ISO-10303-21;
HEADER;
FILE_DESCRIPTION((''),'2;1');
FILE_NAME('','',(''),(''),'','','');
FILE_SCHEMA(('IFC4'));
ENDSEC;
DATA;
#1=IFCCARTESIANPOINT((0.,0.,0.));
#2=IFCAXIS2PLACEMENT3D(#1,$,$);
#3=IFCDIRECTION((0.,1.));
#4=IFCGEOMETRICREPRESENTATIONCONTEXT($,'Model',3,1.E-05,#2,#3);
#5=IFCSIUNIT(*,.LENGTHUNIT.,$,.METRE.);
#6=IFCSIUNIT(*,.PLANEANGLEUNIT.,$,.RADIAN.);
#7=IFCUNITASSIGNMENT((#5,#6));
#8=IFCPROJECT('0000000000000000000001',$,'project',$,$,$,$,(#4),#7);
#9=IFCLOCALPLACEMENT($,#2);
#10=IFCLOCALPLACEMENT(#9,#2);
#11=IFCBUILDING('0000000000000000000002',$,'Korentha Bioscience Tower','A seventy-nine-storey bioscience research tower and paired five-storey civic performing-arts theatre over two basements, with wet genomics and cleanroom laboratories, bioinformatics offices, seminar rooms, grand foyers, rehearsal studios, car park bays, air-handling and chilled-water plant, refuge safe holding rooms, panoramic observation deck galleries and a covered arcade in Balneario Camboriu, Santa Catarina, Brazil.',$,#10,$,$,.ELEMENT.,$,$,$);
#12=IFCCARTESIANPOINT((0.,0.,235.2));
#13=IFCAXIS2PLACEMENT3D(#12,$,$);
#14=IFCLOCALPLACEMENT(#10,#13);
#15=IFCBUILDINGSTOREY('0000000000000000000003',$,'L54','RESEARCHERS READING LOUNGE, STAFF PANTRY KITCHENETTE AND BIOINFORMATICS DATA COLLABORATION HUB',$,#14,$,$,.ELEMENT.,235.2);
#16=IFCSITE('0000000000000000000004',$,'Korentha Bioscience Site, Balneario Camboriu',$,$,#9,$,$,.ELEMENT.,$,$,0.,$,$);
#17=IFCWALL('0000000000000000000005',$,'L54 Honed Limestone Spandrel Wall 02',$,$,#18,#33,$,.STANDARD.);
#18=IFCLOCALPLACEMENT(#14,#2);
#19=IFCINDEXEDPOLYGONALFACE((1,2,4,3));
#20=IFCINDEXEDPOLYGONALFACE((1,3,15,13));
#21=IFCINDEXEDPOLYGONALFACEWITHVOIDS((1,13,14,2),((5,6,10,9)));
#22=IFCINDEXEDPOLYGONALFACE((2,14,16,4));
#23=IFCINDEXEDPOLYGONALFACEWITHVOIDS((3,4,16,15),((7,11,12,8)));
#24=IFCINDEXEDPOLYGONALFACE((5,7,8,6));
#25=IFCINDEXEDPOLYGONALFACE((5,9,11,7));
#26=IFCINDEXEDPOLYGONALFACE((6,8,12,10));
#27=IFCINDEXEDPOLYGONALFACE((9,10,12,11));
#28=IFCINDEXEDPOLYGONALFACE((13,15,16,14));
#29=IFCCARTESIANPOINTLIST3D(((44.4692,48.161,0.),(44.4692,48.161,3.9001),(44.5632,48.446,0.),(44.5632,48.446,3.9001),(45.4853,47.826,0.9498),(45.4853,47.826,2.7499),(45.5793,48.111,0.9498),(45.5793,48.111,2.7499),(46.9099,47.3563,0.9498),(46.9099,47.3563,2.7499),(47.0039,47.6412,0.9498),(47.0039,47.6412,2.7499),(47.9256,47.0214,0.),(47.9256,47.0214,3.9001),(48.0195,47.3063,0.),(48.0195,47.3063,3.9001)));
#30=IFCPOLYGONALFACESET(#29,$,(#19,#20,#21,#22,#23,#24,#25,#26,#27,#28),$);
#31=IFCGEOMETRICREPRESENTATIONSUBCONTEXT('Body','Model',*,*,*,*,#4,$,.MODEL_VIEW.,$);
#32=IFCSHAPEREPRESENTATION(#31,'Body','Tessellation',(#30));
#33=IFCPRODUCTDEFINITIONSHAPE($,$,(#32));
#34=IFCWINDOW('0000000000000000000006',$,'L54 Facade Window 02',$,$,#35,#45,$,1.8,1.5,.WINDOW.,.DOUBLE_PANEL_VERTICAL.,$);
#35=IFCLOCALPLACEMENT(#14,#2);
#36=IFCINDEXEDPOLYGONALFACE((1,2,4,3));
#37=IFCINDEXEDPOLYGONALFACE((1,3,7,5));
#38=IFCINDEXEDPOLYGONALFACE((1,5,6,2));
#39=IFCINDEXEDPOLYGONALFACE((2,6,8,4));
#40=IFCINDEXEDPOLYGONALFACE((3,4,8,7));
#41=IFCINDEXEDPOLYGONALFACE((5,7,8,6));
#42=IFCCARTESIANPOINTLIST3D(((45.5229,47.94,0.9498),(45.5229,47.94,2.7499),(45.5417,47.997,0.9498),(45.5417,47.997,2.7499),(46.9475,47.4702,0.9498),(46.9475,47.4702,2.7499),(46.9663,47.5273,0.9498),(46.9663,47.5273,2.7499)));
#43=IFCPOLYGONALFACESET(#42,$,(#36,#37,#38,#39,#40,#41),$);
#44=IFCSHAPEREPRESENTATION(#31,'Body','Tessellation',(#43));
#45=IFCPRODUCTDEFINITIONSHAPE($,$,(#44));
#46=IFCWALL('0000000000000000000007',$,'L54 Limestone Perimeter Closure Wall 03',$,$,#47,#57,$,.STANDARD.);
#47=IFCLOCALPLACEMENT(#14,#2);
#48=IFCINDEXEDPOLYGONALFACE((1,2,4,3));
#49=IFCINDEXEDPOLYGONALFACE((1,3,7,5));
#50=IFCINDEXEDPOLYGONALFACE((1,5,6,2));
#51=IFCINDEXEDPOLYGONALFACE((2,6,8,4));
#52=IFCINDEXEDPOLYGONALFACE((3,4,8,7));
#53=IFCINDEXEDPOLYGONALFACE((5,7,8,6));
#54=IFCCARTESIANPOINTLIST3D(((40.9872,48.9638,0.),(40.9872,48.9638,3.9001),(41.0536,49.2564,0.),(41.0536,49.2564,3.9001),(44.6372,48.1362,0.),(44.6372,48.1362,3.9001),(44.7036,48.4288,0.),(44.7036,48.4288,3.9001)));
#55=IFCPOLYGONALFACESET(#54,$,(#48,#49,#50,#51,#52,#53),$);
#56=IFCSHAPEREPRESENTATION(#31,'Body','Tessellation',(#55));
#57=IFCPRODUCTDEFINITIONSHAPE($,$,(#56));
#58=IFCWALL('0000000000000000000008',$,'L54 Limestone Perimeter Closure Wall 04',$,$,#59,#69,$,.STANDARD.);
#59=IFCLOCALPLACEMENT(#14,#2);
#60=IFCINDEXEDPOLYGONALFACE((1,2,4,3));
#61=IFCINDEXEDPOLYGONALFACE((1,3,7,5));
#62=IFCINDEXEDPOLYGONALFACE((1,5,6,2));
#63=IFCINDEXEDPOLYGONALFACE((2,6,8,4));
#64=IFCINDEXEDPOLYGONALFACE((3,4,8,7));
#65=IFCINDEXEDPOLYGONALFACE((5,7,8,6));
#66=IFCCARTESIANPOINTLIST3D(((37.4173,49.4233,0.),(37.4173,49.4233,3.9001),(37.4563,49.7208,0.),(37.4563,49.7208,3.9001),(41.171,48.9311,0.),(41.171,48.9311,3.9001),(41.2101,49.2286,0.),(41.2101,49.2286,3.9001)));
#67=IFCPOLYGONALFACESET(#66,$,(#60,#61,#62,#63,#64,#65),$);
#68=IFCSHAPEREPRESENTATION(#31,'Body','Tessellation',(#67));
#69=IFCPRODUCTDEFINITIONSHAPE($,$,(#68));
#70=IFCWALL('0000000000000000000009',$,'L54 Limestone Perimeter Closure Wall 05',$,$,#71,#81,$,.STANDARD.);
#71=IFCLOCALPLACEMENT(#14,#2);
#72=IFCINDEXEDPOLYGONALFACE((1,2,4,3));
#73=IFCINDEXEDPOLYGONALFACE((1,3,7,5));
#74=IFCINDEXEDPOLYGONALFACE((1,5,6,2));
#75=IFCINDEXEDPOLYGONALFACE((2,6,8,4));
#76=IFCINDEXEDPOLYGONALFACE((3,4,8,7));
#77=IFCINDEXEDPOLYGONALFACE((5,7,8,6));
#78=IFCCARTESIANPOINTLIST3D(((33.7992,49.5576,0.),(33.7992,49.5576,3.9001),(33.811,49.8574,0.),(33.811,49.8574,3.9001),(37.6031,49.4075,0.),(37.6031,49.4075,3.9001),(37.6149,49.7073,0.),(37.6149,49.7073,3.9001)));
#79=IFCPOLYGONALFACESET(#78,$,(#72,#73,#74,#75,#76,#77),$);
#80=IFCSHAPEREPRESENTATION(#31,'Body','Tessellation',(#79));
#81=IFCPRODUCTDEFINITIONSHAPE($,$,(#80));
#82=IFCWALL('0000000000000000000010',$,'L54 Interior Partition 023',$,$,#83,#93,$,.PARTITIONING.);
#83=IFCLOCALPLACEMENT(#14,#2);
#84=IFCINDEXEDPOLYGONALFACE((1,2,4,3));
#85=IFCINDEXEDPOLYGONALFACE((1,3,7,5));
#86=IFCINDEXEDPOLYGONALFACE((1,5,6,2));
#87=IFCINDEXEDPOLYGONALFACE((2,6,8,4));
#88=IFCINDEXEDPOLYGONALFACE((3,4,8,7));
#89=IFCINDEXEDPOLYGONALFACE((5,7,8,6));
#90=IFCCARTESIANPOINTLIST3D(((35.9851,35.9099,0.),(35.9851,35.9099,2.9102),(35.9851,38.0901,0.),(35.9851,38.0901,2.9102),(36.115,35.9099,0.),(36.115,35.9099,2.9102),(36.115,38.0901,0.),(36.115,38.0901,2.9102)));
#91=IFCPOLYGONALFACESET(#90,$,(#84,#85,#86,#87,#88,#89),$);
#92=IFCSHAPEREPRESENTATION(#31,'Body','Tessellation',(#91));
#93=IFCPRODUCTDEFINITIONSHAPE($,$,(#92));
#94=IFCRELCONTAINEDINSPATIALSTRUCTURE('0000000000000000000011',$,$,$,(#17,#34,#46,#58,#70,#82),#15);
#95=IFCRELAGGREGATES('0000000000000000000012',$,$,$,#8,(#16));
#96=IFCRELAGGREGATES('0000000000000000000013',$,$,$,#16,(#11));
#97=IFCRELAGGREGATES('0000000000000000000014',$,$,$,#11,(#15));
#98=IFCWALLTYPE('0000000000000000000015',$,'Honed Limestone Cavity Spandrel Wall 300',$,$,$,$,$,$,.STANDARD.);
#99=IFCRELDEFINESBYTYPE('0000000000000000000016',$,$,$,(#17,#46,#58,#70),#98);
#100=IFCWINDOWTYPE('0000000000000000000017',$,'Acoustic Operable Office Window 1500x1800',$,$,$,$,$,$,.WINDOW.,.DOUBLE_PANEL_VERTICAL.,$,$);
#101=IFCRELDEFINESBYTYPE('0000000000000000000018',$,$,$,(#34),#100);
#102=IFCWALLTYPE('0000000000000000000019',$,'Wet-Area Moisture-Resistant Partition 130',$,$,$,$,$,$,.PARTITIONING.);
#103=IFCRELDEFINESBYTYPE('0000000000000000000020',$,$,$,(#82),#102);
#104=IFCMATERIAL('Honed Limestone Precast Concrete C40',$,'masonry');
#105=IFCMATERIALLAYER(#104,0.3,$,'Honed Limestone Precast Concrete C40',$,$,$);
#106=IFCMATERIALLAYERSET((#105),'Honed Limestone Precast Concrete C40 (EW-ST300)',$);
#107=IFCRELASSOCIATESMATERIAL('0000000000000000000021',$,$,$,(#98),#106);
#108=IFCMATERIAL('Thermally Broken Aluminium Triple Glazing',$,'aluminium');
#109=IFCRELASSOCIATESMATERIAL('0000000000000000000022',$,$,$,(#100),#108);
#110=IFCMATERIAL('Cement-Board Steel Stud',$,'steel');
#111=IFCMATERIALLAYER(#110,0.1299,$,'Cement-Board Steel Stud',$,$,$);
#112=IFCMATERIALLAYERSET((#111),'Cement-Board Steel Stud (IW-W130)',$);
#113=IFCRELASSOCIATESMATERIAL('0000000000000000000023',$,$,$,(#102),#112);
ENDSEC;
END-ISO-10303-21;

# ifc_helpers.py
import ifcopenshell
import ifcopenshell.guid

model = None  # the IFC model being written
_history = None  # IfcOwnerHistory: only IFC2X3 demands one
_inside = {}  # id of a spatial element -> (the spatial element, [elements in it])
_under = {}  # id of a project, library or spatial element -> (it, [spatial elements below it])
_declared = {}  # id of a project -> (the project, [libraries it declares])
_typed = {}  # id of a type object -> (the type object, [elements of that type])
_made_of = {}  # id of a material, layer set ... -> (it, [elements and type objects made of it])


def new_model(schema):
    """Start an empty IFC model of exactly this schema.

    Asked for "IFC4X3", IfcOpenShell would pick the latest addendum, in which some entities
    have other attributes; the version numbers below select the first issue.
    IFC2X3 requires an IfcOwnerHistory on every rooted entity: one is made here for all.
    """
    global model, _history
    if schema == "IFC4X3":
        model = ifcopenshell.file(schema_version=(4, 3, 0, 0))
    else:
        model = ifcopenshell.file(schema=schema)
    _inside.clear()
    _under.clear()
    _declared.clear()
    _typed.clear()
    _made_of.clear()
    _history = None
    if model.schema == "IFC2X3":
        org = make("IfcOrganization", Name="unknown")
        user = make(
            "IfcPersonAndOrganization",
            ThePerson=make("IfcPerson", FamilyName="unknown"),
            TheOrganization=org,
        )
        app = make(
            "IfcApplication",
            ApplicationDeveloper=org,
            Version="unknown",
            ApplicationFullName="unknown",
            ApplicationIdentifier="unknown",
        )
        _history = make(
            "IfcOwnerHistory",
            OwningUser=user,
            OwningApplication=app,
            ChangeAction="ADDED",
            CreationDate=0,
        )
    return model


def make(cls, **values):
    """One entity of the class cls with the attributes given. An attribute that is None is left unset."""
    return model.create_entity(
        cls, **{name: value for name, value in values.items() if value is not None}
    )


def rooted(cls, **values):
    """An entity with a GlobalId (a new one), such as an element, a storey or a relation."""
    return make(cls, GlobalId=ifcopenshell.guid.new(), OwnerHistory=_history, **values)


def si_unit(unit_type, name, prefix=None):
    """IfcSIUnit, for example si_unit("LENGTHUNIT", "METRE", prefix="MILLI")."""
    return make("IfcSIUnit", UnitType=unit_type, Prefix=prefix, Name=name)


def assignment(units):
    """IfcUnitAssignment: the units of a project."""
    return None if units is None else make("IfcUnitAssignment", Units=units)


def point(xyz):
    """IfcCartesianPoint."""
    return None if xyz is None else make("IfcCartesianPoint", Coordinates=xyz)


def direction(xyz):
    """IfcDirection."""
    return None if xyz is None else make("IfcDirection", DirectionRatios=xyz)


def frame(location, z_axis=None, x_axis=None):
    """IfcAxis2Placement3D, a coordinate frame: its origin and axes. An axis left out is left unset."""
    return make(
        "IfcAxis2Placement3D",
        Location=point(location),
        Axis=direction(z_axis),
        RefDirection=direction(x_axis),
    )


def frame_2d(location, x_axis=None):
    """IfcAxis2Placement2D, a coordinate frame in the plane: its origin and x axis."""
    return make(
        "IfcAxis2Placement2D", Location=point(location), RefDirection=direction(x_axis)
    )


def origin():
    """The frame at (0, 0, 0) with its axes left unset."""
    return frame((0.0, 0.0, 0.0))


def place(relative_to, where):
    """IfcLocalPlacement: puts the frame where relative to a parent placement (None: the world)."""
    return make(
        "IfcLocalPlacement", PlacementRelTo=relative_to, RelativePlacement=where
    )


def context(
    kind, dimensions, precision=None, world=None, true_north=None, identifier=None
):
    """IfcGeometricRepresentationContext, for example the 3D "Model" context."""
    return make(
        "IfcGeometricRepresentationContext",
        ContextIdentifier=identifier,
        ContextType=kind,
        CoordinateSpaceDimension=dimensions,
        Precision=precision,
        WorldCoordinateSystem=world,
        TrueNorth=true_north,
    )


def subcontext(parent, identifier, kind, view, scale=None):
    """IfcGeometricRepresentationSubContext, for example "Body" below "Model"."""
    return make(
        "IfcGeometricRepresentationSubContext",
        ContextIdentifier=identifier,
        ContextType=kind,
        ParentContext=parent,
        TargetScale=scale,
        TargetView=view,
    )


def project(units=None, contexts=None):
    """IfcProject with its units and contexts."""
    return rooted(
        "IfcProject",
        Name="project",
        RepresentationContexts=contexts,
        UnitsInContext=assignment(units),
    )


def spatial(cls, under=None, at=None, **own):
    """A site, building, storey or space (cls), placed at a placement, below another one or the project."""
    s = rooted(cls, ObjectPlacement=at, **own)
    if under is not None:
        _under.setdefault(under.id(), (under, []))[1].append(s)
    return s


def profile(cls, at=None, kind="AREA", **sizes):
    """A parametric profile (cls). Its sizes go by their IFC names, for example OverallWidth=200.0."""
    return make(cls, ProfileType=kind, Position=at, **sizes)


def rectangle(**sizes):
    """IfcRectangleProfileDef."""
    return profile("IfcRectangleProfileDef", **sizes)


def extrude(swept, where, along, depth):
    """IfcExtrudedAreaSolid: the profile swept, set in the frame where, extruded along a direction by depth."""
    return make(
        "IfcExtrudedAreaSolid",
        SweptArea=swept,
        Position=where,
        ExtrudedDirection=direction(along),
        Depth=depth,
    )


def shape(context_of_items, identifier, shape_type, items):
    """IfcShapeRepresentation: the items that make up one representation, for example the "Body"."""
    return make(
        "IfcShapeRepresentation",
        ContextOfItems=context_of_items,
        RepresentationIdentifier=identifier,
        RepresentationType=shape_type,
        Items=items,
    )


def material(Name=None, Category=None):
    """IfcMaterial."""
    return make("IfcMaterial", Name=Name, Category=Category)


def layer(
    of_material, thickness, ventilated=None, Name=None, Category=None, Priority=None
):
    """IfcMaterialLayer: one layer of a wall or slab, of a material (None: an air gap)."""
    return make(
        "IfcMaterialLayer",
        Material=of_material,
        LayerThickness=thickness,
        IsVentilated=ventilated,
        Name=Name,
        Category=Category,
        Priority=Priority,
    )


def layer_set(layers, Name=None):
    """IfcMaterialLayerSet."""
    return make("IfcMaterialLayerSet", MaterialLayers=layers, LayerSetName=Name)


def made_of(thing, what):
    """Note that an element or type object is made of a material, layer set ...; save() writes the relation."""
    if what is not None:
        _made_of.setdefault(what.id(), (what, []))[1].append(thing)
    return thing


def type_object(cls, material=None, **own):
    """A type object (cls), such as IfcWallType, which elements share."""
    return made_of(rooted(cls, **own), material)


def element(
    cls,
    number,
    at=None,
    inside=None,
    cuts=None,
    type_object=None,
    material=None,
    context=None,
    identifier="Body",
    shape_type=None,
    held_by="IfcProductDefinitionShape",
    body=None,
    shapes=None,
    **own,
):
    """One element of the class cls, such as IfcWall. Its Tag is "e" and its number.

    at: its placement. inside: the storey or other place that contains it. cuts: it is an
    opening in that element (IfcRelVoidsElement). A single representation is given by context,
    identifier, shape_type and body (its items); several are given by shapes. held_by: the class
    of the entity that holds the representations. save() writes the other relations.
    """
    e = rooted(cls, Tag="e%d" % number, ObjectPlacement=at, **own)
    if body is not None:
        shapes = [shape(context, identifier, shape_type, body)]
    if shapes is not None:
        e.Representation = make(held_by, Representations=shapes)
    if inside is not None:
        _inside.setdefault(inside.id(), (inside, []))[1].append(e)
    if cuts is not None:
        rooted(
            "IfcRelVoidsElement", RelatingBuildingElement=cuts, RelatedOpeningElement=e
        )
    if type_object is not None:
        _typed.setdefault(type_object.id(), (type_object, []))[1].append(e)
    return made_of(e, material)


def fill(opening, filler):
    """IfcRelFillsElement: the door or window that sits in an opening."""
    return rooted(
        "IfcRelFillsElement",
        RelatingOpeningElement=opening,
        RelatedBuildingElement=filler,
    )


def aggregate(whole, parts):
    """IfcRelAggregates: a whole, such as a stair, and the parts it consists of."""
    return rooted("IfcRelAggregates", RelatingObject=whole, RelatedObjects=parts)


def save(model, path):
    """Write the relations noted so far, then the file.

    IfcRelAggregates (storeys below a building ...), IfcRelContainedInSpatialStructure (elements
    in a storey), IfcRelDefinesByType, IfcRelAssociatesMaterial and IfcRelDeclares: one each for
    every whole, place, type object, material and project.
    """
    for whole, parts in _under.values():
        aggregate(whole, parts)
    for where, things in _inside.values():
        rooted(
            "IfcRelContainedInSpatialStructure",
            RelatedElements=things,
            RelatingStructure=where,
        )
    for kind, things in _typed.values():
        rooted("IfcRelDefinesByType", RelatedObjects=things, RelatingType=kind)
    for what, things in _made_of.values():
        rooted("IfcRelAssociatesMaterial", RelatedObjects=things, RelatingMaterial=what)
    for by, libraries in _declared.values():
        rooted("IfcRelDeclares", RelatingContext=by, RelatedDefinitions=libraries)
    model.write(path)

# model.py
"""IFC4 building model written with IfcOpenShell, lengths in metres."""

from ifc_helpers import new_model, si_unit, direction, frame, frame_2d, origin, place, context, subcontext, project, spatial, rectangle, extrude, material, layer, layer_set, type_object, element, fill, save


model = new_model("IFC4")

# Units and contexts
model_context = context("Model", 3, precision=1e-05, world=origin(), true_north=direction((0.0, 1.0)))
body_context = subcontext(model_context, "Body", "Model", "MODEL_VIEW")
ifc_project = project(units=[si_unit("LENGTHUNIT", "METRE"), si_unit("PLANEANGLEUNIT", "RADIAN")], contexts=[model_context])

# Site, building, storey
site_placement = place(None, origin())
site = spatial("IfcSite", under=ifc_project, at=site_placement, Name="Korentha Bioscience Site, Balneario Camboriu", CompositionType="ELEMENT", RefElevation=0.0)
building_placement = place(site_placement, origin())
building = spatial("IfcBuilding", under=site, at=building_placement, Name="Korentha Bioscience Tower", Description="A seventy-nine-storey bioscience research tower and paired five-storey civic performing-arts theatre over two basements, with wet genomics and cleanroom laboratories, bioinformatics offices, seminar rooms, grand foyers, rehearsal studios, car park bays, air-handling and chilled-water plant, refuge safe holding rooms, panoramic observation deck galleries and a covered arcade in Balneario Camboriu, Santa Catarina, Brazil.", CompositionType="ELEMENT")
storey_placement = place(building_placement, frame((0.0, 0.0, 235.2)))
storey = spatial("IfcBuildingStorey", under=building, at=storey_placement, Name="L54", Description="RESEARCHERS READING LOUNGE, STAFF PANTRY KITCHENETTE AND BIOINFORMATICS DATA COLLABORATION HUB", CompositionType="ELEMENT", Elevation=235.2)

# Wall, opening, window
ifc_material_1 = material(Name="Honed Limestone Precast Concrete C40", Category="masonry")
ifc_layer_1 = layer(ifc_material_1, 0.3, Name="Honed Limestone Precast Concrete C40")
ifc_layer_set_1 = layer_set([ifc_layer_1], Name="Honed Limestone Precast Concrete C40 (EW-ST300)")
wall_type_1 = type_object("IfcWallType", Name="Honed Limestone Cavity Spandrel Wall 300", PredefinedType="STANDARD", material=ifc_layer_set_1)
wall_1_placement = place(storey_placement, frame((47.9727, 47.1638, 0.0), z_axis=(0.0, 0.0, 1.0), x_axis=(-0.949705, 0.313147, 0.0)))
wall_1 = element("IfcWall", 1, at=wall_1_placement, inside=storey, type_object=wall_type_1, Name="L54 Honed Limestone Spandrel Wall 02", PredefinedType="STANDARD", context=body_context, shape_type="SweptSolid", body=[
    extrude(rectangle(XDim=3.6394, YDim=0.3, at=frame_2d((1.8198, 0.0))), origin(), (0.0, 0.0, 1.0), 3.9001),
])
opening_1_placement = place(wall_1_placement, frame((1.0696, 0.0, 0.95)))
opening_1 = element("IfcOpeningElement", 2, at=opening_1_placement, cuts=wall_1, PredefinedType="OPENING", context=body_context, shape_type="SweptSolid", body=[
    extrude(rectangle(XDim=1.5, YDim=1.8, at=frame_2d((0.75, 0.8999))), frame((0.0, 0.165, 0.0), z_axis=(0.0, -1.0, 0.0), x_axis=(1.0, 0.0, 0.0)), (0.0, 0.0, 1.0), 0.3298),
])
ifc_material_2 = material(Name="Thermally Broken Aluminium Triple Glazing", Category="aluminium")
window_type = type_object("IfcWindowType", Name="Acoustic Operable Office Window 1500x1800", PartitioningType="DOUBLE_PANEL_VERTICAL", PredefinedType="WINDOW", material=ifc_material_2)
window_placement = place(opening_1_placement, origin())
window = element("IfcWindow", 3, at=window_placement, inside=storey, type_object=window_type, Name="L54 Facade Window 02", OverallHeight=1.8, OverallWidth=1.5, PartitioningType="DOUBLE_PANEL_VERTICAL", PredefinedType="WINDOW", context=body_context, shape_type="SweptSolid", body=[
    extrude(rectangle(XDim=1.5, YDim=1.8, at=frame_2d((0.75, 0.8999))), frame((0.0, 0.03, 0.0), z_axis=(0.0, -1.0, 0.0), x_axis=(1.0, 0.0, 0.0)), (0.0, 0.0, 1.0), 0.0601),
])
fill(opening_1, window)

# Walls
wall_2_placement = place(storey_placement, frame((44.6704, 48.2825, 0.0), z_axis=(0.0, 0.0, 1.0), x_axis=(-0.975242, 0.221142, 0.0)))
element("IfcWall", 4, at=wall_2_placement, inside=storey, type_object=wall_type_1, Name="L54 Limestone Perimeter Closure Wall 03", PredefinedType="STANDARD", context=body_context, shape_type="SweptSolid", body=[
    extrude(rectangle(XDim=3.7427, YDim=0.3, at=frame_2d((1.8713, 0.0))), origin(), (0.0, 0.0, 1.0), 3.9001),
])
wall_3_placement = place(storey_placement, frame((41.1907, 49.0798, 0.0), z_axis=(0.0, 0.0, 1.0), x_axis=(-0.991513, 0.130009, 0.0)))
element("IfcWall", 5, at=wall_3_placement, inside=storey, type_object=wall_type_1, Name="L54 Limestone Perimeter Closure Wall 04", PredefinedType="STANDARD", context=body_context, shape_type="SweptSolid", body=[
    extrude(rectangle(XDim=3.7859, YDim=0.3, at=frame_2d((1.8931, 0.0))), origin(), (0.0, 0.0, 1.0), 3.9001),
])
wall_4_placement = place(storey_placement, frame((37.6089, 49.5574, 0.0), z_axis=(0.0, 0.0, 1.0), x_axis=(-0.999222, 0.03944, 0.0)))
element("IfcWall", 6, at=wall_4_placement, inside=storey, type_object=wall_type_1, Name="L54 Limestone Perimeter Closure Wall 05", PredefinedType="STANDARD", context=body_context, shape_type="SweptSolid", body=[
    extrude(rectangle(XDim=3.8069, YDim=0.3, at=frame_2d((1.9033, 0.0))), origin(), (0.0, 0.0, 1.0), 3.9001),
])

# Shared definitions
ifc_material_3 = material(Name="Cement-Board Steel Stud", Category="steel")
ifc_layer_2 = layer(ifc_material_3, 0.1299, Name="Cement-Board Steel Stud")
ifc_layer_set_2 = layer_set([ifc_layer_2], Name="Cement-Board Steel Stud (IW-W130)")
wall_type_2 = type_object("IfcWallType", Name="Wet-Area Moisture-Resistant Partition 130", PredefinedType="PARTITIONING", material=ifc_layer_set_2)

# Wall
wall_5_placement = place(storey_placement, frame((36.05, 38.0901, 0.0), z_axis=(0.0, 0.0, 1.0), x_axis=(0.0, -1.0, 0.0)))
element("IfcWall", 7, at=wall_5_placement, inside=storey, type_object=wall_type_2, Name="L54 Interior Partition 023", PredefinedType="PARTITIONING", context=body_context, shape_type="SweptSolid", body=[
    extrude(rectangle(XDim=2.1802, YDim=0.1299, at=frame_2d((1.0901, 0.0))), origin(), (0.0, 0.0, 1.0), 2.9102),
])

save(model, "model.ifc")
